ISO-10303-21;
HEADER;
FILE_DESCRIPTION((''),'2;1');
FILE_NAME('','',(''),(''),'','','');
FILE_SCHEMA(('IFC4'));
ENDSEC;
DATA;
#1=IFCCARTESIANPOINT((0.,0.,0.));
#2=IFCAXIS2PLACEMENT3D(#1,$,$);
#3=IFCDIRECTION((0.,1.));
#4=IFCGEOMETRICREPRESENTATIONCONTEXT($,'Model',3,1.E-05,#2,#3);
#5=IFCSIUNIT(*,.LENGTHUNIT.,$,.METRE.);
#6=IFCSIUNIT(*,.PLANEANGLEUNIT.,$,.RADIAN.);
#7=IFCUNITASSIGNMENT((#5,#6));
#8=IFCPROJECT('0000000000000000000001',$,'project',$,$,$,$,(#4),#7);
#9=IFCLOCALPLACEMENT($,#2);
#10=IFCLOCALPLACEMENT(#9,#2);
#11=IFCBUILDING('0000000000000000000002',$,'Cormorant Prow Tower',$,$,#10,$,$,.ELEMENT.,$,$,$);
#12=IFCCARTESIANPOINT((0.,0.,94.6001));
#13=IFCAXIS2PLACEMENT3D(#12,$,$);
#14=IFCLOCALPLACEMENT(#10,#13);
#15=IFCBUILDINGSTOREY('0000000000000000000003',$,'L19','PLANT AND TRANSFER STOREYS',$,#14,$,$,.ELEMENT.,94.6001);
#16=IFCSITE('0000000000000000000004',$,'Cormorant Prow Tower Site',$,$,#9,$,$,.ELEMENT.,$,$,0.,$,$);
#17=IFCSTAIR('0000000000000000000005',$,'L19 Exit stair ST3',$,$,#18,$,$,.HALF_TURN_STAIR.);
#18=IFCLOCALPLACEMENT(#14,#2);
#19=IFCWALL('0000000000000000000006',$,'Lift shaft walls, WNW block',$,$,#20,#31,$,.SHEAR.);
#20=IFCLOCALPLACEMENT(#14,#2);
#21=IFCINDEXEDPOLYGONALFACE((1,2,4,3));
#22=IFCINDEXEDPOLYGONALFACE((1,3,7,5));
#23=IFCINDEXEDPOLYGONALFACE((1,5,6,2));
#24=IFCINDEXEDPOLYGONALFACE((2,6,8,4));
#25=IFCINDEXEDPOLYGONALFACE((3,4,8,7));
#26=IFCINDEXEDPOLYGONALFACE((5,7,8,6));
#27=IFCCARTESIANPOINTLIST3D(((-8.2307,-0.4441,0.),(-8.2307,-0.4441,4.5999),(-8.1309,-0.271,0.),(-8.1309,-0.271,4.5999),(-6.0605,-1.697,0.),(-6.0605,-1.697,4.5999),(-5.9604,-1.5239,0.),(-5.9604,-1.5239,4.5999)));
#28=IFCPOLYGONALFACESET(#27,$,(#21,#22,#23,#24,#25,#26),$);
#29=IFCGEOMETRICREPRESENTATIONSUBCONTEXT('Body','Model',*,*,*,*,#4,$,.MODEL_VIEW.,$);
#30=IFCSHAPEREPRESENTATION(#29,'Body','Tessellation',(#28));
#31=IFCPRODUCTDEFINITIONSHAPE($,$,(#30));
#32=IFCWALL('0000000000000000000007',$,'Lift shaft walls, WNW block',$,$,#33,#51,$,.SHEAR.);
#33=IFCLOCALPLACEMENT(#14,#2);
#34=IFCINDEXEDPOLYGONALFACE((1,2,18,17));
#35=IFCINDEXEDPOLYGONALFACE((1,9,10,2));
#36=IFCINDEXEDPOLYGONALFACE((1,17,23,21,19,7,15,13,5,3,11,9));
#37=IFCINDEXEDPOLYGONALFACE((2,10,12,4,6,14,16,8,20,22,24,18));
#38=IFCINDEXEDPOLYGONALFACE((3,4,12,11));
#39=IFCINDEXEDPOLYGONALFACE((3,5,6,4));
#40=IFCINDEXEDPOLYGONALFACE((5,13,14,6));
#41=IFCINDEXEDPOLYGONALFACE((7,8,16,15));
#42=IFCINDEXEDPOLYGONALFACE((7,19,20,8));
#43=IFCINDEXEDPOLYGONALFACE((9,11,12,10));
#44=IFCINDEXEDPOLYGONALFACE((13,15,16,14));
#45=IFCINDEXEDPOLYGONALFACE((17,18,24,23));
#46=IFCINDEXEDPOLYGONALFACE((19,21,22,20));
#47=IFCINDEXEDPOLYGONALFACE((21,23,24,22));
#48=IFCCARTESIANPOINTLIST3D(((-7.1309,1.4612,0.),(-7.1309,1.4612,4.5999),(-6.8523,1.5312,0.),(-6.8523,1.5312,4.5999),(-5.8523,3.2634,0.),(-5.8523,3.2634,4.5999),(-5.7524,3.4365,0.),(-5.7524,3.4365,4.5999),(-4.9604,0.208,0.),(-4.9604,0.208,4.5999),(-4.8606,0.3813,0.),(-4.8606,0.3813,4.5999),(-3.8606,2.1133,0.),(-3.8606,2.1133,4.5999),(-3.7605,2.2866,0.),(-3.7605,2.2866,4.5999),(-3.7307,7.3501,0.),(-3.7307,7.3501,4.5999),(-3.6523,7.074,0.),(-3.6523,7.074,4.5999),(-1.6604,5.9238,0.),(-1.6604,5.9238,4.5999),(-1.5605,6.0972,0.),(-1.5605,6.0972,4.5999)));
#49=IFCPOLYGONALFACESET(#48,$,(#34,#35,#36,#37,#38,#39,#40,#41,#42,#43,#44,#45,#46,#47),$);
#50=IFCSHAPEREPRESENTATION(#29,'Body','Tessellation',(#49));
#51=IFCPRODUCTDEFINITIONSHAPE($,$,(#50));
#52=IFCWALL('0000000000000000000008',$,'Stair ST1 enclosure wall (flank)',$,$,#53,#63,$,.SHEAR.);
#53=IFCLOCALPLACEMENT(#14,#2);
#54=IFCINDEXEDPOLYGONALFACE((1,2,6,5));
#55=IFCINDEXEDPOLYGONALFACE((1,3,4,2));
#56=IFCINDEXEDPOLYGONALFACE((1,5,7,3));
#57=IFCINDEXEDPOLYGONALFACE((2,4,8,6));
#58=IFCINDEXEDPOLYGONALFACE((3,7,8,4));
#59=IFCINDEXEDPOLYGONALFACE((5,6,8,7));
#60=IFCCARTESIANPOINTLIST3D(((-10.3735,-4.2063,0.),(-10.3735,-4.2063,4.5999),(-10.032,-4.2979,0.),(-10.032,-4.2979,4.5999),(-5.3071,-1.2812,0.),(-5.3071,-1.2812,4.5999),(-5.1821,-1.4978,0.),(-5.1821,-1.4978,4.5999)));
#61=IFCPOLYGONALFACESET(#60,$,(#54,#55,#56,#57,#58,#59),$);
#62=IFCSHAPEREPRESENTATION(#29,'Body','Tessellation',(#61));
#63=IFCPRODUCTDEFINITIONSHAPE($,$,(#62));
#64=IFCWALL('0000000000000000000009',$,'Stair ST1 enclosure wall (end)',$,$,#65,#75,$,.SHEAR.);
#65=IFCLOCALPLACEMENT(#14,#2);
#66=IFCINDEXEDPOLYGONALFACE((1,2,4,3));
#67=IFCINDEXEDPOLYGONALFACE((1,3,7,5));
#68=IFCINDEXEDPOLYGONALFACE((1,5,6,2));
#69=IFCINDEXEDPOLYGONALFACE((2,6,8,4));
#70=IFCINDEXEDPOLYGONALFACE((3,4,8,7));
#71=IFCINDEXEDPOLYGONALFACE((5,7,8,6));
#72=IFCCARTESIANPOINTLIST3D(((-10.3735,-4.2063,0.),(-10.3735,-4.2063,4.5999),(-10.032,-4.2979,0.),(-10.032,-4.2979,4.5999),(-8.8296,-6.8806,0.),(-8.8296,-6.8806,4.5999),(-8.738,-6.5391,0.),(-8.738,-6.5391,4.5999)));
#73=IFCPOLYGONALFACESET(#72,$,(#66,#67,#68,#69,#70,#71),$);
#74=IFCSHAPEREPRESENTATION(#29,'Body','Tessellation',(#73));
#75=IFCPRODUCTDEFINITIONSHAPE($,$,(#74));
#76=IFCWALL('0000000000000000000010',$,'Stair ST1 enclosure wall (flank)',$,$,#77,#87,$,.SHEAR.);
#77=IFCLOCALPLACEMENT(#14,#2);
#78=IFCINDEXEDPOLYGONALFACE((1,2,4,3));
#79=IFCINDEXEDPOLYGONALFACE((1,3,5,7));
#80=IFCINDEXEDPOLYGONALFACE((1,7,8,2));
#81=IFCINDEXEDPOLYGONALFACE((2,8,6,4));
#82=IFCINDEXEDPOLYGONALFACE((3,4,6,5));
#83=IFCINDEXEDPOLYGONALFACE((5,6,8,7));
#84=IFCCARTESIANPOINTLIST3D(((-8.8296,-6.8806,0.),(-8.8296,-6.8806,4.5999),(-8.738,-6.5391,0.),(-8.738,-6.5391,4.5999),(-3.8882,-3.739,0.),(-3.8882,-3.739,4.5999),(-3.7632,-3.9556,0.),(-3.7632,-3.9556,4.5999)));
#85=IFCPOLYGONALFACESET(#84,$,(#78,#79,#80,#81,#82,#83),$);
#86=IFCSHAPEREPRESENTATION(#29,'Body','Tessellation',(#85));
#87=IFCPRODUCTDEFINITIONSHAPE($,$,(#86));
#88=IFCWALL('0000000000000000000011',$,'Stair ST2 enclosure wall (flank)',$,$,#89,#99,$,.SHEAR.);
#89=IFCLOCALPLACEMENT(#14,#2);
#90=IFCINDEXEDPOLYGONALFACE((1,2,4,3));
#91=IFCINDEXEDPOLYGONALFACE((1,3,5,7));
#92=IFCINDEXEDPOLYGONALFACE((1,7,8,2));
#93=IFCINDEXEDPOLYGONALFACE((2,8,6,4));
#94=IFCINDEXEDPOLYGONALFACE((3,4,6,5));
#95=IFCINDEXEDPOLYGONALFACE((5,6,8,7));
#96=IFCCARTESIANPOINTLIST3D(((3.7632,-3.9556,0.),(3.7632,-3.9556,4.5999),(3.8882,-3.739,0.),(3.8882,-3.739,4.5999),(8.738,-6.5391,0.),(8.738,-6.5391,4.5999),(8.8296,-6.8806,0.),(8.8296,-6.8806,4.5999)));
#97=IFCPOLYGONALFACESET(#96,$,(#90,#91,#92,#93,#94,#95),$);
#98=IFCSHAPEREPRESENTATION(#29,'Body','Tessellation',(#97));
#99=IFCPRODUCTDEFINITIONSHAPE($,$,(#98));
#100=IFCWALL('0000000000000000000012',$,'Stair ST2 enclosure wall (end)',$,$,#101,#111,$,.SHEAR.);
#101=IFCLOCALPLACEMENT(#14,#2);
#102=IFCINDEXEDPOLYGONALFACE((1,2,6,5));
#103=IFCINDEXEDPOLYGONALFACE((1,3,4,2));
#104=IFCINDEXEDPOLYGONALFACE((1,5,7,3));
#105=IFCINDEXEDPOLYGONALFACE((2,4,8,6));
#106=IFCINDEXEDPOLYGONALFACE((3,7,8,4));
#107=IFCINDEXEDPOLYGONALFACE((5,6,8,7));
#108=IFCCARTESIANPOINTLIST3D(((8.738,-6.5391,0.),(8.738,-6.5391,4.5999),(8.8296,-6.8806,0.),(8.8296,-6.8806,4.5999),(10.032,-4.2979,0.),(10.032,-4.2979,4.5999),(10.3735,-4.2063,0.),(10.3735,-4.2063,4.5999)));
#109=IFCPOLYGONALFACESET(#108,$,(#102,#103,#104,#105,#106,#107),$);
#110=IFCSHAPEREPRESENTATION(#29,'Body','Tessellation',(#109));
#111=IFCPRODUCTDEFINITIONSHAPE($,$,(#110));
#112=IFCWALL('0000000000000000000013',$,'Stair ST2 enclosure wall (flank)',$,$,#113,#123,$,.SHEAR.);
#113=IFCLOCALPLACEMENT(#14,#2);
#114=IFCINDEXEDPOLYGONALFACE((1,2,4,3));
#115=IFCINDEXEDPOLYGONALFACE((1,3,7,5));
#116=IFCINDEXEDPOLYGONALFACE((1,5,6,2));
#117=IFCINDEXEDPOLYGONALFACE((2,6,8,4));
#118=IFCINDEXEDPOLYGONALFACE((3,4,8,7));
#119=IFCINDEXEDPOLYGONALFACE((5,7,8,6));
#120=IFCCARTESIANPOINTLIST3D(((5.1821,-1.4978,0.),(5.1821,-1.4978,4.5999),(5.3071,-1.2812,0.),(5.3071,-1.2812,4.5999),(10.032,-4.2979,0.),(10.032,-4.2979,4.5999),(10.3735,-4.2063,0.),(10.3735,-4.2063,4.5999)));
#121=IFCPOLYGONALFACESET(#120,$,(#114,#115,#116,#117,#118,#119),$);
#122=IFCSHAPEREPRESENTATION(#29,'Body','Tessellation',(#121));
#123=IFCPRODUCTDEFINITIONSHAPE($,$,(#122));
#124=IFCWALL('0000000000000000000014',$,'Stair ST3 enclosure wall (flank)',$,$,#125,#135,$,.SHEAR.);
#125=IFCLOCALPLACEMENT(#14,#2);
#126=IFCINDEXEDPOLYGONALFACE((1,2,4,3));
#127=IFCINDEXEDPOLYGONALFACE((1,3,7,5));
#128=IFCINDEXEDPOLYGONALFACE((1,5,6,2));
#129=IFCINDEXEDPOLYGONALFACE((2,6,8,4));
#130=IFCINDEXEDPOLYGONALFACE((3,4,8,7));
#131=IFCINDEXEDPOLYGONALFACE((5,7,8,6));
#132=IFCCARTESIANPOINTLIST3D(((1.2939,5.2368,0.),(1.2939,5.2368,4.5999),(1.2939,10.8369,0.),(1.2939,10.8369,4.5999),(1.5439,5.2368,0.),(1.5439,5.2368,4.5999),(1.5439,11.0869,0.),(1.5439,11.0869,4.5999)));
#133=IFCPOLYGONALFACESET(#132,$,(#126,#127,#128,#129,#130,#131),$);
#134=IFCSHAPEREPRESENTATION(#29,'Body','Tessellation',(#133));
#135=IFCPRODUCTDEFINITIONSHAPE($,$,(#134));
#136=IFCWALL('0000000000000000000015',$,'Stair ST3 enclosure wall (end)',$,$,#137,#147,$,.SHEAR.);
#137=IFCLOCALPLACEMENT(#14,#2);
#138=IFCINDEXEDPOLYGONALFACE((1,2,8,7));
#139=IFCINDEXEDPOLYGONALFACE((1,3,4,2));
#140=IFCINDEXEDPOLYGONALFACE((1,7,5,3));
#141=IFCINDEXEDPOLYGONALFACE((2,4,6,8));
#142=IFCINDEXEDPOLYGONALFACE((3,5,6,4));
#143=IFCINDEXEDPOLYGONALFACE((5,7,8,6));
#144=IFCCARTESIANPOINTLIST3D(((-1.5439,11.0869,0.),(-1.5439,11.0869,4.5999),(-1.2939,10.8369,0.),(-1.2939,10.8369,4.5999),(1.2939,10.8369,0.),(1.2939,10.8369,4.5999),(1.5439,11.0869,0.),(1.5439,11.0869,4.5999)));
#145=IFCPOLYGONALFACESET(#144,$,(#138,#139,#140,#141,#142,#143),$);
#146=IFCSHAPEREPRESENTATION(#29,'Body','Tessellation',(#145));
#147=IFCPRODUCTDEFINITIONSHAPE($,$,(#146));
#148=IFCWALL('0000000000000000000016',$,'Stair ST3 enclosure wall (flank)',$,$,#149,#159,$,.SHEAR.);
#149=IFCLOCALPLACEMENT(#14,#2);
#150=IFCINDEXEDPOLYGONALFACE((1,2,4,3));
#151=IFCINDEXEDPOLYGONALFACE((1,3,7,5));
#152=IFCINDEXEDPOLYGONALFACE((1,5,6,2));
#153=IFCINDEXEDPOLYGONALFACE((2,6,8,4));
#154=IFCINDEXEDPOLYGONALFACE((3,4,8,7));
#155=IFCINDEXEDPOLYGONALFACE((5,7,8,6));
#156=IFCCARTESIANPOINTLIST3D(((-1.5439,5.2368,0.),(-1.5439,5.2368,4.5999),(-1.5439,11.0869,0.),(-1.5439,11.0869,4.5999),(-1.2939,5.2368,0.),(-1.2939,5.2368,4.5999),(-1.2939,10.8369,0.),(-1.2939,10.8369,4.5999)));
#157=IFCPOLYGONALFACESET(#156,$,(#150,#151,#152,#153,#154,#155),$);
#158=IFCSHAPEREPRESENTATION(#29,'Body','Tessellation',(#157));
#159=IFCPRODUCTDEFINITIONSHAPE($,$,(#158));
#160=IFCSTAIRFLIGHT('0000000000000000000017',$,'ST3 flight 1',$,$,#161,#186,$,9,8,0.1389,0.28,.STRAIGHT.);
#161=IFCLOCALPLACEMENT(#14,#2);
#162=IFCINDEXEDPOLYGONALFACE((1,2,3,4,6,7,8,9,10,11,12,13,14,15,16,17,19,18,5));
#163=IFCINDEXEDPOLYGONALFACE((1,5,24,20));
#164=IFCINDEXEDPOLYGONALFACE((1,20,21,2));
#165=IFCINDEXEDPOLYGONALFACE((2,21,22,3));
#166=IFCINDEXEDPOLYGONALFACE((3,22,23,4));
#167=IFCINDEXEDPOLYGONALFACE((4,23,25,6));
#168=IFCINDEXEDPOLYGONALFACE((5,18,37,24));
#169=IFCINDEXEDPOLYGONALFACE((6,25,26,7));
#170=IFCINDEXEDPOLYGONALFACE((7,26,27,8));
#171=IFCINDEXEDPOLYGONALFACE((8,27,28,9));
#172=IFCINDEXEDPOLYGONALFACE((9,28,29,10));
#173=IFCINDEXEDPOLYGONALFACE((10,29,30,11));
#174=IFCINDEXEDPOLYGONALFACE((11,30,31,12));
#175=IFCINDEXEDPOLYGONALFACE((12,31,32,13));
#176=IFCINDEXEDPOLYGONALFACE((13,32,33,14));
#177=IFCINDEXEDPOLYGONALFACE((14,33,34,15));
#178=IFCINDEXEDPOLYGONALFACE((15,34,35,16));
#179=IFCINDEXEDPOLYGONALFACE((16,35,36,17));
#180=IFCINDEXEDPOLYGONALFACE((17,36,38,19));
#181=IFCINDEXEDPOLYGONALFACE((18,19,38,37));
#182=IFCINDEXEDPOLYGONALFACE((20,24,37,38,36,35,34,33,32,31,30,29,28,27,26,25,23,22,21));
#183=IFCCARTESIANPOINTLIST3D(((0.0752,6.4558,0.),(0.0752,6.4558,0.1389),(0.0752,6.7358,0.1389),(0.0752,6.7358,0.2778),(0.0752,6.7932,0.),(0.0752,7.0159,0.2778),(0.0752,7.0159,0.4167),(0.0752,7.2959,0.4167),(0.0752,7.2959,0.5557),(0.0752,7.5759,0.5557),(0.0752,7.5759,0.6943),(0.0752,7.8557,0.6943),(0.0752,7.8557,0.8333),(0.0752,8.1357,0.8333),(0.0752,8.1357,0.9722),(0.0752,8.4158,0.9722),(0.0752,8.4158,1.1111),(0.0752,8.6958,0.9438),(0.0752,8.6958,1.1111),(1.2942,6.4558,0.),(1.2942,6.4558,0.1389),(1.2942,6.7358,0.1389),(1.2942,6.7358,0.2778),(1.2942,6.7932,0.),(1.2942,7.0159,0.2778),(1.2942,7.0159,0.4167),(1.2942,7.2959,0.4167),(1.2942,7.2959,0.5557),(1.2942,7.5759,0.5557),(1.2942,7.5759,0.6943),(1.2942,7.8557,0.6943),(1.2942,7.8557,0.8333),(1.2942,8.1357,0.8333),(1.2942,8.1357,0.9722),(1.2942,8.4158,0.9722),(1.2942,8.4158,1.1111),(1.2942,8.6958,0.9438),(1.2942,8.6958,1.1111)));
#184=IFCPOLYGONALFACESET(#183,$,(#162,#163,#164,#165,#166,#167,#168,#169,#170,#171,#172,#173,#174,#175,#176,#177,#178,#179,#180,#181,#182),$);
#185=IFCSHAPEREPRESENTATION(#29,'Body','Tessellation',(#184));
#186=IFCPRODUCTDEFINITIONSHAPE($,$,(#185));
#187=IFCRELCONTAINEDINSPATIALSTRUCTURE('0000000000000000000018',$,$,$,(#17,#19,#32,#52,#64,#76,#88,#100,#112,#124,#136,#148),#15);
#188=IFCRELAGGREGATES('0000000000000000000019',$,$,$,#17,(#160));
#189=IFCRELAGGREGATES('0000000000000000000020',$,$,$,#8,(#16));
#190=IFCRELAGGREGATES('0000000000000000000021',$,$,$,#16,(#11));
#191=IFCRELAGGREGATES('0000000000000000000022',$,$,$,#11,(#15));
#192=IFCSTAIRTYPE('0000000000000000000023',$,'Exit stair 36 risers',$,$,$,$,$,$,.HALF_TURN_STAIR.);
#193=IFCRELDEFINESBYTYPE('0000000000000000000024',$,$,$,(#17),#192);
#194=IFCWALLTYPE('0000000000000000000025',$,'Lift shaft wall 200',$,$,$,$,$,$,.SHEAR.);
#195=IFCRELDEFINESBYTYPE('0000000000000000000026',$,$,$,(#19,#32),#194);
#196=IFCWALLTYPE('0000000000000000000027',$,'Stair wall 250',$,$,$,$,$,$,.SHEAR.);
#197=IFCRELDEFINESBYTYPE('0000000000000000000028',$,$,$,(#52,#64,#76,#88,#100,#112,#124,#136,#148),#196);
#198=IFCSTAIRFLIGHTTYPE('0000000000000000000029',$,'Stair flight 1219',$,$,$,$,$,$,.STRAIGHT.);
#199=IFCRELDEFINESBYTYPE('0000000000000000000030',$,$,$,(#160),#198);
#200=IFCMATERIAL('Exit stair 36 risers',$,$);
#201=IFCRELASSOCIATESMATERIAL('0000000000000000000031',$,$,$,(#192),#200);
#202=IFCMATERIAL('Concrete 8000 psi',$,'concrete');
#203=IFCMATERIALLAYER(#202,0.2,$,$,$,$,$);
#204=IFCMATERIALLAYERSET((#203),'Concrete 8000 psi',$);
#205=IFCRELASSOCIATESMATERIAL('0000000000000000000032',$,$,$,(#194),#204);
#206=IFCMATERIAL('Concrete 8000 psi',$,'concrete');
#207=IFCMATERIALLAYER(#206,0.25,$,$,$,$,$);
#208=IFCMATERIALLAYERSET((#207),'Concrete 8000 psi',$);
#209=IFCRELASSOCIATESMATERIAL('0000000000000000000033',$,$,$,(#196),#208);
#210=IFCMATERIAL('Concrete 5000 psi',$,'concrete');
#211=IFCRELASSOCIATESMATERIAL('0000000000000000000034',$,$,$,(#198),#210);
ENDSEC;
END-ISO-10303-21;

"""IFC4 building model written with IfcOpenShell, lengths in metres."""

from ifc_helpers import new_model, si_unit, direction, frame, origin, place, context, subcontext, project, spatial, polyline, outline, extrude, material, layer, layer_set, type_object, element, aggregate, save


model = new_model("IFC4")

# Units and contexts
model_context = context("Model", 3, precision=1e-05, world=origin(), true_north=direction((0.0, 1.0)))
body_context = subcontext(model_context, "Body", "Model", "MODEL_VIEW")
ifc_project = project(units=[si_unit("LENGTHUNIT", "METRE"), si_unit("PLANEANGLEUNIT", "RADIAN")], contexts=[model_context])

# Site, building, storey
site_placement = place(None, origin())
site = spatial("IfcSite", under=ifc_project, at=site_placement, Name="Cormorant Prow Tower Site", CompositionType="ELEMENT", RefElevation=0.0)
building_placement = place(site_placement, origin())
building = spatial("IfcBuilding", under=site, at=building_placement, Name="Cormorant Prow Tower", CompositionType="ELEMENT")
storey_placement = place(building_placement, frame((0.0, 0.0, 94.6001)))
storey = spatial("IfcBuildingStorey", under=building, at=storey_placement, Name="L19", Description="PLANT AND TRANSFER STOREYS", CompositionType="ELEMENT", Elevation=94.6001)

# Stair
ifc_material_1 = material(Name="Exit stair 36 risers")
stair_type = type_object("IfcStairType", Name="Exit stair 36 risers", PredefinedType="HALF_TURN_STAIR", material=ifc_material_1)
stair_1_placement = place(storey_placement, origin())
stair_1 = element("IfcStair", 1, at=stair_1_placement, inside=storey, type_object=stair_type, Name="L19 Exit stair ST3", PredefinedType="HALF_TURN_STAIR")

# Walls
ifc_material_2 = material(Name="Concrete 8000 psi", Category="concrete")
ifc_layer_1 = layer(ifc_material_2, 0.2)
ifc_layer_set_1 = layer_set([ifc_layer_1], Name="Concrete 8000 psi")
wall_type_1 = type_object("IfcWallType", Name="Lift shaft wall 200", PredefinedType="SHEAR", material=ifc_layer_set_1)
wall_1_placement = place(storey_placement, origin())
element("IfcWall", 2, at=wall_1_placement, inside=storey, type_object=wall_type_1, Name="Lift shaft walls, WNW block", PredefinedType="SHEAR", context=body_context, shape_type="SweptSolid", body=[
    extrude(outline(polyline([(-6.0605, -1.697), (-8.2307, -0.4441), (-8.1309, -0.271), (-5.9604, -1.5239), (-6.0605, -1.697)])), origin(), (0.0, 0.0, 1.0), 4.5999),
])
wall_2_placement = place(storey_placement, origin())
element("IfcWall", 3, at=wall_2_placement, inside=storey, type_object=wall_type_1, Name="Lift shaft walls, WNW block", PredefinedType="SHEAR", context=body_context, shape_type="SweptSolid", body=[
    extrude(outline(polyline([(-4.9604, 0.208), (-7.1309, 1.4612), (-3.7307, 7.3501), (-1.5605, 6.0972), (-1.6604, 5.9238), (-3.6523, 7.074), (-5.7524, 3.4365), (-3.7605, 2.2866), (-3.8606, 2.1133), (-5.8523, 3.2634), (-6.8523, 1.5312), (-4.8606, 0.3813), (-4.9604, 0.208)])), origin(), (0.0, 0.0, 1.0), 4.5999),
])
ifc_material_3 = material(Name="Concrete 8000 psi", Category="concrete")
ifc_layer_2 = layer(ifc_material_3, 0.25)
ifc_layer_set_2 = layer_set([ifc_layer_2], Name="Concrete 8000 psi")
wall_type_2 = type_object("IfcWallType", Name="Stair wall 250", PredefinedType="SHEAR", material=ifc_layer_set_2)
wall_3_placement = place(storey_placement, origin())
element("IfcWall", 4, at=wall_3_placement, inside=storey, type_object=wall_type_2, Name="Stair ST1 enclosure wall (flank)", PredefinedType="SHEAR", context=body_context, shape_type="SweptSolid", body=[
    extrude(outline(polyline([(-5.3071, -1.2812), (-10.3735, -4.2063), (-10.032, -4.2979), (-5.1821, -1.4978), (-5.3071, -1.2812)])), origin(), (0.0, 0.0, 1.0), 4.5999),
])
wall_4_placement = place(storey_placement, origin())
element("IfcWall", 5, at=wall_4_placement, inside=storey, type_object=wall_type_2, Name="Stair ST1 enclosure wall (end)", PredefinedType="SHEAR", context=body_context, shape_type="SweptSolid", body=[
    extrude(outline(polyline([(-10.3735, -4.2063), (-8.8296, -6.8806), (-8.738, -6.5391), (-10.032, -4.2979), (-10.3735, -4.2063)])), origin(), (0.0, 0.0, 1.0), 4.5999),
])
wall_5_placement = place(storey_placement, origin())
element("IfcWall", 6, at=wall_5_placement, inside=storey, type_object=wall_type_2, Name="Stair ST1 enclosure wall (flank)", PredefinedType="SHEAR", context=body_context, shape_type="SweptSolid", body=[
    extrude(outline(polyline([(-8.738, -6.5391), (-8.8296, -6.8806), (-3.7632, -3.9556), (-3.8882, -3.739), (-8.738, -6.5391)])), origin(), (0.0, 0.0, 1.0), 4.5999),
])
wall_6_placement = place(storey_placement, origin())
element("IfcWall", 7, at=wall_6_placement, inside=storey, type_object=wall_type_2, Name="Stair ST2 enclosure wall (flank)", PredefinedType="SHEAR", context=body_context, shape_type="SweptSolid", body=[
    extrude(outline(polyline([(3.7632, -3.9556), (8.8296, -6.8806), (8.738, -6.5391), (3.8882, -3.739), (3.7632, -3.9556)])), origin(), (0.0, 0.0, 1.0), 4.5999),
])
wall_7_placement = place(storey_placement, origin())
element("IfcWall", 8, at=wall_7_placement, inside=storey, type_object=wall_type_2, Name="Stair ST2 enclosure wall (end)", PredefinedType="SHEAR", context=body_context, shape_type="SweptSolid", body=[
    extrude(outline(polyline([(8.8296, -6.8806), (10.3735, -4.2063), (10.032, -4.2979), (8.738, -6.5391), (8.8296, -6.8806)])), origin(), (0.0, 0.0, 1.0), 4.5999),
])
wall_8_placement = place(storey_placement, origin())
element("IfcWall", 9, at=wall_8_placement, inside=storey, type_object=wall_type_2, Name="Stair ST2 enclosure wall (flank)", PredefinedType="SHEAR", context=body_context, shape_type="SweptSolid", body=[
    extrude(outline(polyline([(10.032, -4.2979), (10.3735, -4.2063), (5.3071, -1.2812), (5.1821, -1.4978), (10.032, -4.2979)])), origin(), (0.0, 0.0, 1.0), 4.5999),
])
wall_9_placement = place(storey_placement, origin())
element("IfcWall", 10, at=wall_9_placement, inside=storey, type_object=wall_type_2, Name="Stair ST3 enclosure wall (flank)", PredefinedType="SHEAR", context=body_context, shape_type="SweptSolid", body=[
    extrude(outline(polyline([(1.5439, 5.2368), (1.5439, 11.0869), (1.2939, 10.8369), (1.2939, 5.2368), (1.5439, 5.2368)])), origin(), (0.0, 0.0, 1.0), 4.5999),
])
wall_10_placement = place(storey_placement, origin())
element("IfcWall", 11, at=wall_10_placement, inside=storey, type_object=wall_type_2, Name="Stair ST3 enclosure wall (end)", PredefinedType="SHEAR", context=body_context, shape_type="SweptSolid", body=[
    extrude(outline(polyline([(1.5439, 11.0869), (-1.5439, 11.0869), (-1.2939, 10.8369), (1.2939, 10.8369), (1.5439, 11.0869)])), origin(), (0.0, 0.0, 1.0), 4.5999),
])
wall_11_placement = place(storey_placement, origin())
element("IfcWall", 12, at=wall_11_placement, inside=storey, type_object=wall_type_2, Name="Stair ST3 enclosure wall (flank)", PredefinedType="SHEAR", context=body_context, shape_type="SweptSolid", body=[
    extrude(outline(polyline([(-1.2939, 10.8369), (-1.5439, 11.0869), (-1.5439, 5.2368), (-1.2939, 5.2368), (-1.2939, 10.8369)])), origin(), (0.0, 0.0, 1.0), 4.5999),
])

# Stair flight
ifc_material_4 = material(Name="Concrete 5000 psi", Category="concrete")
stair_flight_type = type_object("IfcStairFlightType", Name="Stair flight 1219", PredefinedType="STRAIGHT", material=ifc_material_4)
stair_flight_1_placement = place(storey_placement, frame((0.6846, 6.4558, 0.0), z_axis=(0.0, 0.0, 1.0), x_axis=(0.0, 1.0, 0.0)))
stair_flight_1 = element("IfcStairFlight", 13, at=stair_flight_1_placement, type_object=stair_flight_type, Name="ST3 flight 1", NumberOfRisers=9, NumberOfTreads=8, PredefinedType="STRAIGHT", RiserHeight=0.1389, TreadLength=0.28, context=body_context, shape_type="SweptSolid", body=[
    extrude(outline(polyline([(0.0, 0.0), (0.0, 0.1389), (0.28, 0.1389), (0.28, 0.2778), (0.5601, 0.2778), (0.5601, 0.4167), (0.8401, 0.4167), (0.8401, 0.5557), (1.1201, 0.5557), (1.1201, 0.6943), (1.3999, 0.6943), (1.3999, 0.8333), (1.6799, 0.8333), (1.6799, 0.9722), (1.96, 0.9722), (1.96, 1.1111), (2.24, 1.1111), (2.24, 1.25), (2.24, 0.9438), (0.3374, 0.0), (0.0, 0.0)])), frame((0.0, 0.6094, 0.0), z_axis=(0.0, -1.0, 0.0), x_axis=(1.0, 0.0, 0.0)), (0.0, 0.0, 1.0), 1.219),
])
aggregate(stair_1, [stair_flight_1])

save(model, "model.ifc")
